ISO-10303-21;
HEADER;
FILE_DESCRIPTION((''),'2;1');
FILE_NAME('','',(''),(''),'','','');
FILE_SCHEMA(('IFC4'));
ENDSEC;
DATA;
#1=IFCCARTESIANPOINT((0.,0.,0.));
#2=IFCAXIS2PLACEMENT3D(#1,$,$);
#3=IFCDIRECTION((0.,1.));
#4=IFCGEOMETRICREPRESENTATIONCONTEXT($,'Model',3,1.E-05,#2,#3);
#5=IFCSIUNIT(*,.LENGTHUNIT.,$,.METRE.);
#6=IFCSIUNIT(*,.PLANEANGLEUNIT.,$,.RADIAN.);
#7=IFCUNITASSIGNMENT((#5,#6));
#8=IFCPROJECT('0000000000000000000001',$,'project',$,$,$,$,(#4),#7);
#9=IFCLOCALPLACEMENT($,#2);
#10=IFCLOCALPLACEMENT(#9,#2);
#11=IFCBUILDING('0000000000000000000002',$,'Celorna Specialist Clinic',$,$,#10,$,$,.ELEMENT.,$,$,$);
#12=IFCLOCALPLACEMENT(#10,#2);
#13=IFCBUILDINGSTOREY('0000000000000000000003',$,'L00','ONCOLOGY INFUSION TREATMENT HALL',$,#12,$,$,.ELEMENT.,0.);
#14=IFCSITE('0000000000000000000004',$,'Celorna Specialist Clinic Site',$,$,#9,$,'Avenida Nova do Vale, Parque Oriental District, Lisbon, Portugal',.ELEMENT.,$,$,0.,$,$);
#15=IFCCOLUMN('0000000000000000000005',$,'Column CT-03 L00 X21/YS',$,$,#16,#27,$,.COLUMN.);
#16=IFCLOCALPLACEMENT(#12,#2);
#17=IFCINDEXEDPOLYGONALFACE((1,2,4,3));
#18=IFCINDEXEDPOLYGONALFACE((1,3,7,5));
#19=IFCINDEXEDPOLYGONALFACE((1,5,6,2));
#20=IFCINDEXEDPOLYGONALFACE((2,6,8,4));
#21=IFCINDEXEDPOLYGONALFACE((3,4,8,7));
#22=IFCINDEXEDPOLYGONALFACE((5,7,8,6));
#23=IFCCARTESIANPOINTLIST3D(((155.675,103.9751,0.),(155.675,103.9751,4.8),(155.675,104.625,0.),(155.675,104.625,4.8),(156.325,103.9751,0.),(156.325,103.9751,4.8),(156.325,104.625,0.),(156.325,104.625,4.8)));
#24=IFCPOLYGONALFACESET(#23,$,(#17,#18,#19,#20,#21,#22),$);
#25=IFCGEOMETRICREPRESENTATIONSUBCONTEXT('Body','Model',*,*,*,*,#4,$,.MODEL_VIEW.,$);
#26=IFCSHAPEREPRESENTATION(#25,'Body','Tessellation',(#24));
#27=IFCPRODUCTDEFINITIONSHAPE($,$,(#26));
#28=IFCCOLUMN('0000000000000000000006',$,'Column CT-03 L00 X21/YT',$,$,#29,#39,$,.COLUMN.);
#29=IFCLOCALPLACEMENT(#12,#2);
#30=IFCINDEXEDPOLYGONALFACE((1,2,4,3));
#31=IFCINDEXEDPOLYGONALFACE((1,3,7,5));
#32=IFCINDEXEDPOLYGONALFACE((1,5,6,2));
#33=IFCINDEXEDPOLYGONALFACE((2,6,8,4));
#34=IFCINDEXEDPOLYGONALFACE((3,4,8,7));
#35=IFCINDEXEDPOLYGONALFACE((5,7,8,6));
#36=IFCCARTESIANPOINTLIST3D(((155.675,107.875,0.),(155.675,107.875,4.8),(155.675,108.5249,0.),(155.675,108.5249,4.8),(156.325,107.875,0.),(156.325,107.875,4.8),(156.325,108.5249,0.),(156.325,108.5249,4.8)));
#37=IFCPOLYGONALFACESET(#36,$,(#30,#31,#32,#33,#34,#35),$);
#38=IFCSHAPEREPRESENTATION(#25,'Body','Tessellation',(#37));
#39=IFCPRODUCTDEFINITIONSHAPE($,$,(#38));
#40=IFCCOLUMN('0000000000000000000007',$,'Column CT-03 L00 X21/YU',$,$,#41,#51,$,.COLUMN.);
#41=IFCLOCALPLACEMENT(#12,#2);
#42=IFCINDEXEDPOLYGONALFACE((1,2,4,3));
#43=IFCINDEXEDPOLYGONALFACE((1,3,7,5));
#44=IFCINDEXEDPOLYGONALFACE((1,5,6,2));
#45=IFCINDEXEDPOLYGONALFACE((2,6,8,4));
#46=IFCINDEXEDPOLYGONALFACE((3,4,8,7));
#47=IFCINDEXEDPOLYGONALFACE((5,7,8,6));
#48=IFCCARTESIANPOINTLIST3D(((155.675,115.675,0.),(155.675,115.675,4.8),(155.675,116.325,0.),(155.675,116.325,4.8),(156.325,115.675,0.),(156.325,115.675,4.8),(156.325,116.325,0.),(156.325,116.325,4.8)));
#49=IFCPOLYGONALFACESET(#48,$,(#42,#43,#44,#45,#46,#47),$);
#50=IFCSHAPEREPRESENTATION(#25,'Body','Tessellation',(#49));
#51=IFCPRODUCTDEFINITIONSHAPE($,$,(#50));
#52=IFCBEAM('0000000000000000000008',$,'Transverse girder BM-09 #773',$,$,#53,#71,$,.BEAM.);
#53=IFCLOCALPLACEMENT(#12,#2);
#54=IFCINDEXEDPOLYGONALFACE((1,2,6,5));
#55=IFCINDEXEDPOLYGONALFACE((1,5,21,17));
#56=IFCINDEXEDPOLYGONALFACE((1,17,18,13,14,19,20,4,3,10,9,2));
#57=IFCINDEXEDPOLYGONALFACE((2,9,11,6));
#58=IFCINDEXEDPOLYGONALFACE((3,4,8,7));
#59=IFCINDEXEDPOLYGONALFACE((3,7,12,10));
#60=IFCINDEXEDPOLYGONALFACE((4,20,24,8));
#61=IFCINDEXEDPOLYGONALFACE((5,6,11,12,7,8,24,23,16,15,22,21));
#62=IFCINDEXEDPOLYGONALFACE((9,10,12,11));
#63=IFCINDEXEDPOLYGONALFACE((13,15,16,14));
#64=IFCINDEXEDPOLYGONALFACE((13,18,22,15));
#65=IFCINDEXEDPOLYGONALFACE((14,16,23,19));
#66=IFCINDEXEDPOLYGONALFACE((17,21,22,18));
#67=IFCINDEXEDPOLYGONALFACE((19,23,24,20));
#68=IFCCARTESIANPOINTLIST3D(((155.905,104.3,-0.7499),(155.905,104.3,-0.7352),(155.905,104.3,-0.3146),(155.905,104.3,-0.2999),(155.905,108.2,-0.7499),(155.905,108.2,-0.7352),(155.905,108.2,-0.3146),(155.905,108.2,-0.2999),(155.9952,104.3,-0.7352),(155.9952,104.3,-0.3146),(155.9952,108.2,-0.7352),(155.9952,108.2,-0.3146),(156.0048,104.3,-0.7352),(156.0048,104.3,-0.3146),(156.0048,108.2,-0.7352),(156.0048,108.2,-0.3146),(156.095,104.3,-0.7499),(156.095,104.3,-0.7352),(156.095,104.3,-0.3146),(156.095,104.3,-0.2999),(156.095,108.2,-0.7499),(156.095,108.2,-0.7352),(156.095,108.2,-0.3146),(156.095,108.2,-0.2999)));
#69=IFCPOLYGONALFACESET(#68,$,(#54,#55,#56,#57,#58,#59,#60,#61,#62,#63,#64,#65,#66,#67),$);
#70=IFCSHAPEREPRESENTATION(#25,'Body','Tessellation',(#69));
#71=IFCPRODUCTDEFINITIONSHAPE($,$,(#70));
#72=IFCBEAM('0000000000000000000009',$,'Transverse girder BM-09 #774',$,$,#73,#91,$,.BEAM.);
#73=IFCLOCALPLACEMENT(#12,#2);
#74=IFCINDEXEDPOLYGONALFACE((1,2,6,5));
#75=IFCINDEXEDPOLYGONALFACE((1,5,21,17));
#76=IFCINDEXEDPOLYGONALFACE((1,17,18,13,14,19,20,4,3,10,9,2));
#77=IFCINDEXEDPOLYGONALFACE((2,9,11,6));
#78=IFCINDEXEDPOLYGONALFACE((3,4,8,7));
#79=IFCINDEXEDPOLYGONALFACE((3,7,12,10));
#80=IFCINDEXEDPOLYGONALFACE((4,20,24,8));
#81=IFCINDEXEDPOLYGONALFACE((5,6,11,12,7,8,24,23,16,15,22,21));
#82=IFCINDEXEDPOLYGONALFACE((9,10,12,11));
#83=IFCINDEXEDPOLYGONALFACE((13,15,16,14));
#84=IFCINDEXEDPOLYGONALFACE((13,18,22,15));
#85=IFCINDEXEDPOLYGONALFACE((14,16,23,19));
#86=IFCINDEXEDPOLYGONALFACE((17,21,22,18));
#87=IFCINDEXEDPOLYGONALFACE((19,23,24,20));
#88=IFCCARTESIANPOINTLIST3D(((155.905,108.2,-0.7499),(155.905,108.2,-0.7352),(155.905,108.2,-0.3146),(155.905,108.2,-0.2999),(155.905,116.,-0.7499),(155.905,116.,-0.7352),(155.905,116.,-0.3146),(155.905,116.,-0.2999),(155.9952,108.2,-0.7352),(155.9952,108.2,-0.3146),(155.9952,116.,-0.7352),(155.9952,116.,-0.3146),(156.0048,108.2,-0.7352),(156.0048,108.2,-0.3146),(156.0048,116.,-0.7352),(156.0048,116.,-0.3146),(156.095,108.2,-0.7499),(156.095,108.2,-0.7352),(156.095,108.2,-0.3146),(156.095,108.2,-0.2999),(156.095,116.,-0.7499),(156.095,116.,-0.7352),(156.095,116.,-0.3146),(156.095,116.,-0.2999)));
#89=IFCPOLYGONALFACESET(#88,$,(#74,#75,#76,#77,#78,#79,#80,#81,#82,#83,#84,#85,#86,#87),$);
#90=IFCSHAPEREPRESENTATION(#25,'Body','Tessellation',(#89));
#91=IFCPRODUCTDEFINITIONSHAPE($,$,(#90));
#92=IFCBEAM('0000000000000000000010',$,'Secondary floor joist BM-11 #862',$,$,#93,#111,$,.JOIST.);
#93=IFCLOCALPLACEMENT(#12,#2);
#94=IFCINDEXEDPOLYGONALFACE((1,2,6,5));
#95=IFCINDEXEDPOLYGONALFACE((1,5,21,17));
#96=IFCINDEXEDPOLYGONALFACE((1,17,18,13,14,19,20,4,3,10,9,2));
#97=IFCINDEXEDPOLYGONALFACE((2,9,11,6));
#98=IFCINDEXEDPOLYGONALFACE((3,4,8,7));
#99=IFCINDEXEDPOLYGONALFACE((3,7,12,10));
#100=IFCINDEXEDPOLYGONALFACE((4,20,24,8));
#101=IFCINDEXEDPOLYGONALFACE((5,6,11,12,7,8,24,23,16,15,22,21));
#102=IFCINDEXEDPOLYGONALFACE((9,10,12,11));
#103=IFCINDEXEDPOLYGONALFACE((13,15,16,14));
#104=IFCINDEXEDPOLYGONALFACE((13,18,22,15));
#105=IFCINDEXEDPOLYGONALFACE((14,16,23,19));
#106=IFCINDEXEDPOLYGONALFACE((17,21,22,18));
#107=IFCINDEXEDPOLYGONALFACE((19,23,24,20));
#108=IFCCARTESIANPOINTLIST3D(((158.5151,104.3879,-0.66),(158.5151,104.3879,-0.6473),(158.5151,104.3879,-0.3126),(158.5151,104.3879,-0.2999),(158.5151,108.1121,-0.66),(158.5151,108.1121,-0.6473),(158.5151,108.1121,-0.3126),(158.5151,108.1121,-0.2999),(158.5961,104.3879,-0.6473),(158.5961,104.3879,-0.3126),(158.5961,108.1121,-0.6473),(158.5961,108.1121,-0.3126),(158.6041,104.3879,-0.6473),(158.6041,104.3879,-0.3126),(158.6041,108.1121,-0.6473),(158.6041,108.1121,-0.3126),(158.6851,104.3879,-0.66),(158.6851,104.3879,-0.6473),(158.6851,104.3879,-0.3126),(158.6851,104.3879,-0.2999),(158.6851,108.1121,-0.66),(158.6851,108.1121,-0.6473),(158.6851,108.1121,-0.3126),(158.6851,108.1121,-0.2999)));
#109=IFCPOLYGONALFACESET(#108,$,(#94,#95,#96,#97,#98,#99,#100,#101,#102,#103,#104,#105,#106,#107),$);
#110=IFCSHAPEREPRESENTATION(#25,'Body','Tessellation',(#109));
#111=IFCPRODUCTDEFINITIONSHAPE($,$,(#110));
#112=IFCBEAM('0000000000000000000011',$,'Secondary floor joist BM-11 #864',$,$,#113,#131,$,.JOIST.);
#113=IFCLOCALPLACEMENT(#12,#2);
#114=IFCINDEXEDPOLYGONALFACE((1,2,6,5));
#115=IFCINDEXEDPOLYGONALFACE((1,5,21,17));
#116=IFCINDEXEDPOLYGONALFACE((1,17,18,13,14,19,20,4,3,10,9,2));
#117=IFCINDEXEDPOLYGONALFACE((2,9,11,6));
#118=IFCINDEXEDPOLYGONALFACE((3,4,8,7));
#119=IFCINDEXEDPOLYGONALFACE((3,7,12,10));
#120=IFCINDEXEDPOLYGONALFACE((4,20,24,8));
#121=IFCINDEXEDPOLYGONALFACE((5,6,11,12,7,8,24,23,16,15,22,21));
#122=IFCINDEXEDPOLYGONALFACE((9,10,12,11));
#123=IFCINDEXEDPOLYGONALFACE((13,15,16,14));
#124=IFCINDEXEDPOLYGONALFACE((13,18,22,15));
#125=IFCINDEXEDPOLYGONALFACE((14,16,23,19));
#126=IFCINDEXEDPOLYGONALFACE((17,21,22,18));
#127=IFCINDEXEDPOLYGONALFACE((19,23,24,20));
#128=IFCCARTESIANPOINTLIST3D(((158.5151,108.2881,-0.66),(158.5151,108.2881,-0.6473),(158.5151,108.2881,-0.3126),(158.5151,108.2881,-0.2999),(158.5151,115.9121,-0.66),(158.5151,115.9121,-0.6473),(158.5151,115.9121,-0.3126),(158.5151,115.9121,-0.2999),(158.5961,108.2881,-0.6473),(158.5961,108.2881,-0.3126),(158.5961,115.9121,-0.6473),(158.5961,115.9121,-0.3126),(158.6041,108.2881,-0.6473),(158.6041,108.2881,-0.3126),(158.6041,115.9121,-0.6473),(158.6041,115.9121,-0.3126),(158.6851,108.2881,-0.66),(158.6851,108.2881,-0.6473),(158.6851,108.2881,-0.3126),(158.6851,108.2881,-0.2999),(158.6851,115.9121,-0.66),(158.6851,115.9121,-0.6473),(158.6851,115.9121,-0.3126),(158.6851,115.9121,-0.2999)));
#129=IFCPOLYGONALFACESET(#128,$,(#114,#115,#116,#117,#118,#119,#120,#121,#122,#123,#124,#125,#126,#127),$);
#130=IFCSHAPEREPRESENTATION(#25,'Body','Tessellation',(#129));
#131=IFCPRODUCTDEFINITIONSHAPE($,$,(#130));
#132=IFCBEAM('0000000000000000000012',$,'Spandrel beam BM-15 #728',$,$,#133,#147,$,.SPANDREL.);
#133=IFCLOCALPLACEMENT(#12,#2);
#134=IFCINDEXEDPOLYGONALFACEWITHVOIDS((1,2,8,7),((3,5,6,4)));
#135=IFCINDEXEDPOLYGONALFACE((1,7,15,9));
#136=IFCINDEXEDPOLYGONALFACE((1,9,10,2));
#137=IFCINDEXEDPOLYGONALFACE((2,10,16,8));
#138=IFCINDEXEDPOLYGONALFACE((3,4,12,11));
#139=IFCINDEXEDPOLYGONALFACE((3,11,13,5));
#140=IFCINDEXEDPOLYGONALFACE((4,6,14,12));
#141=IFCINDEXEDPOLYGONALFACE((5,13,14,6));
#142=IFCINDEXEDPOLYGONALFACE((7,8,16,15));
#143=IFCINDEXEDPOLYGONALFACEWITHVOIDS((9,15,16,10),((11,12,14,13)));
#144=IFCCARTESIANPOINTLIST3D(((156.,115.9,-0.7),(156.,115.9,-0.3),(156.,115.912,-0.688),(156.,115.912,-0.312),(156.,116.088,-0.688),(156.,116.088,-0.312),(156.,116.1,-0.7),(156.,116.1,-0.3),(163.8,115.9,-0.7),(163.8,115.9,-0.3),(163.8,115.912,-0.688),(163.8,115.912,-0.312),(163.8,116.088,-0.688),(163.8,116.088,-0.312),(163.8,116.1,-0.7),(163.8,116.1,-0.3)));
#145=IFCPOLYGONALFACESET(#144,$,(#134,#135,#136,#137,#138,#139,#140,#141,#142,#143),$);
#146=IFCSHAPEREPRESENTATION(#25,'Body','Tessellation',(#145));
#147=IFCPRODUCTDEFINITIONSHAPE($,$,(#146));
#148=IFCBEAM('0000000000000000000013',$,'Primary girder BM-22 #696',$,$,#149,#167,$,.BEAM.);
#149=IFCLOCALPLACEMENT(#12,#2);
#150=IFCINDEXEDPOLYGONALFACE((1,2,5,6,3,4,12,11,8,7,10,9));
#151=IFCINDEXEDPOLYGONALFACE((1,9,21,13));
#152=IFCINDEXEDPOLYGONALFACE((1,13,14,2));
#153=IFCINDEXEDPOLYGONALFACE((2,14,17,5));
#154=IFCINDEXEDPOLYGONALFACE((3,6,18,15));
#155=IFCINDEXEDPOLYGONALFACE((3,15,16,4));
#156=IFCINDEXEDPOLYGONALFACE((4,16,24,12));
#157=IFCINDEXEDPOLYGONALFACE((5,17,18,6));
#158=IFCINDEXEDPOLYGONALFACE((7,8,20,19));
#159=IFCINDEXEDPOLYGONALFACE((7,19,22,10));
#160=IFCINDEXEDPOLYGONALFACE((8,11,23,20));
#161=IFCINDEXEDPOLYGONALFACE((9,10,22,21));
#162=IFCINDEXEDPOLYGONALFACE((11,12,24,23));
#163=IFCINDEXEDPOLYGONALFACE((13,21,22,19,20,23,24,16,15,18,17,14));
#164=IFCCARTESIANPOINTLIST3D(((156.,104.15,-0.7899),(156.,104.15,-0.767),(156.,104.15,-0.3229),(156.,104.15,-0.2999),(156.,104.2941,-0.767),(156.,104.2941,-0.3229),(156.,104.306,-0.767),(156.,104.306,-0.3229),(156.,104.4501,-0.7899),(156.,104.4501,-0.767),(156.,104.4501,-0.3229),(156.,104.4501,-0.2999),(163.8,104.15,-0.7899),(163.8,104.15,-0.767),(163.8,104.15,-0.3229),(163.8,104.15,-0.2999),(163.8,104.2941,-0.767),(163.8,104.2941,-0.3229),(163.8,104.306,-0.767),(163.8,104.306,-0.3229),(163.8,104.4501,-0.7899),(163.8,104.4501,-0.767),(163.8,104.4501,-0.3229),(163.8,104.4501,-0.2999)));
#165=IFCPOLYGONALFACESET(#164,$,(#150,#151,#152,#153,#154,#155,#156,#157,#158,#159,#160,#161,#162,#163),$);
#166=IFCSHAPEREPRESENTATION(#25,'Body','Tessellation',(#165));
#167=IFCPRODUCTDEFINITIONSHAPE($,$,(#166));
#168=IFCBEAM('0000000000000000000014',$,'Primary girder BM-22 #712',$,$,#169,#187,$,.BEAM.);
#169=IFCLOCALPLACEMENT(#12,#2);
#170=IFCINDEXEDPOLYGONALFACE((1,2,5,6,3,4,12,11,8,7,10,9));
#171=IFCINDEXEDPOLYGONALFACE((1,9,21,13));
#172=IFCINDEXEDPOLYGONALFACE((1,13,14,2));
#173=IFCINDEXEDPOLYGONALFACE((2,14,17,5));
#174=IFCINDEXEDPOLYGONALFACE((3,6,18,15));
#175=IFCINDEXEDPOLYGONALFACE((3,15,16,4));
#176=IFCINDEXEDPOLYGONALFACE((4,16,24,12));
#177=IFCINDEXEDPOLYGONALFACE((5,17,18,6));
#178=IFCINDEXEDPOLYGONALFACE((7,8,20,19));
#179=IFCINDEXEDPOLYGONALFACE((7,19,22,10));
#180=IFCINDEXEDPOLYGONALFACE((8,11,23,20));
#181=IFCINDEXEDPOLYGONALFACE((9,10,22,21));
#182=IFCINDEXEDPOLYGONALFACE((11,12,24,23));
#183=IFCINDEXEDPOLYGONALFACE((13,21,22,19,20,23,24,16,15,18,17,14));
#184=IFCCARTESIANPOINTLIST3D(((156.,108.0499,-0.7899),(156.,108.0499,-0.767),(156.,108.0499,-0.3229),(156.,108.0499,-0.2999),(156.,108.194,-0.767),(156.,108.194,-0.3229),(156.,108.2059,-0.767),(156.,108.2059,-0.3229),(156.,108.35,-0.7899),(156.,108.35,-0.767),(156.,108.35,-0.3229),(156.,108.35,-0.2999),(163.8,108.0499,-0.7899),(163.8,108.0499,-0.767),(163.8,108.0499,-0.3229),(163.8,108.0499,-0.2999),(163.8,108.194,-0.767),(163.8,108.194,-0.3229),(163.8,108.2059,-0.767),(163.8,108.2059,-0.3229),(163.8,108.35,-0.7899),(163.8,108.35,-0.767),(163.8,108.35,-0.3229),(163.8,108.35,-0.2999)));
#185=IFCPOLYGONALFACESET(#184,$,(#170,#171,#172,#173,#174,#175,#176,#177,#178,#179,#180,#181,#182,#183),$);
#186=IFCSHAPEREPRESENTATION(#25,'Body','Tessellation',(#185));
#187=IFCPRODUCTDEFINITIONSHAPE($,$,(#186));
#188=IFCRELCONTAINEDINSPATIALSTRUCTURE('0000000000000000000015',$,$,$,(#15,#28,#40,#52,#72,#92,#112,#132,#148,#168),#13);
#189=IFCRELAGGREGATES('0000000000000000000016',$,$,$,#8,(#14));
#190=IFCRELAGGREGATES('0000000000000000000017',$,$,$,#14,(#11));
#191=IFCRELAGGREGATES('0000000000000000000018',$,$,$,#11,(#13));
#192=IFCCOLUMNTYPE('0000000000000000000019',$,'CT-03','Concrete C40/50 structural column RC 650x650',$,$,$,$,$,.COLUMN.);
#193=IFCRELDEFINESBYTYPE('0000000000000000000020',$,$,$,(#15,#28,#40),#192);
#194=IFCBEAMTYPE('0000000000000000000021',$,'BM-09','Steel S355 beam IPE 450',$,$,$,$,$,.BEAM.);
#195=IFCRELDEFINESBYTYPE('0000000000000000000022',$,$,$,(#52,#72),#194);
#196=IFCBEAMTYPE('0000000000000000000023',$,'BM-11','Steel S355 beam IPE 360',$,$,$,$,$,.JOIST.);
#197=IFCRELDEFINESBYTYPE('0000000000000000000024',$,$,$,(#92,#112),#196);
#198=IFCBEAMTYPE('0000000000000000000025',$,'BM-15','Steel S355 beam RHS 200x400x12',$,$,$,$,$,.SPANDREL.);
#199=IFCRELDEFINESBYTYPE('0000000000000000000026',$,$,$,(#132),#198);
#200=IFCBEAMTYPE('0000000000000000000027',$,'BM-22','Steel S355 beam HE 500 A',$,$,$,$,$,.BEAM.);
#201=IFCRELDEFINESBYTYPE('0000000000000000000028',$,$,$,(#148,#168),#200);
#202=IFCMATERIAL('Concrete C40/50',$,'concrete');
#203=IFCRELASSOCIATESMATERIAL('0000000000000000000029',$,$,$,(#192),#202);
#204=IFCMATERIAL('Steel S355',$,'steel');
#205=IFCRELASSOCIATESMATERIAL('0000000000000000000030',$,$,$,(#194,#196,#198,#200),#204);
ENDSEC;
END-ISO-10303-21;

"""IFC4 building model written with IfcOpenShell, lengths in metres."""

from ifc_helpers import new_model, si_unit, direction, frame, origin, origin_2d, place, context, subcontext, project, spatial, rectangle, hollow_rectangle, i_section, extrude, material, material_profile, profile_set, type_object, element, save


model = new_model("IFC4")

# Units and contexts
model_context = context("Model", 3, precision=1e-05, world=origin(), true_north=direction((0.0, 1.0)))
body_context = subcontext(model_context, "Body", "Model", "MODEL_VIEW")
ifc_project = project(units=[si_unit("LENGTHUNIT", "METRE"), si_unit("PLANEANGLEUNIT", "RADIAN")], contexts=[model_context])

# Site, building, storey
site_placement = place(None, origin())
site = spatial("IfcSite", under=ifc_project, at=site_placement, Name="Celorna Specialist Clinic Site", LongName="Avenida Nova do Vale, Parque Oriental District, Lisbon, Portugal", CompositionType="ELEMENT", RefElevation=0.0)
building_placement = place(site_placement, origin())
building = spatial("IfcBuilding", under=site, at=building_placement, Name="Celorna Specialist Clinic", CompositionType="ELEMENT")
storey_placement = place(building_placement, origin())
storey = spatial("IfcBuildingStorey", under=building, at=storey_placement, Name="L00", Description="ONCOLOGY INFUSION TREATMENT HALL", CompositionType="ELEMENT", Elevation=0.0)

# Columns
ifc_material_1 = material(Name="Concrete C40/50", Category="concrete")
ifc_material_profile_1 = material_profile(ifc_material_1, rectangle(XDim=0.6499, YDim=0.6499, at=origin_2d()), Name="RC 650x650")
ifc_profile_set_1 = profile_set([ifc_material_profile_1], Name="Concrete C40/50")
column_type = type_object("IfcColumnType", Name="CT-03", Description="Concrete C40/50 structural column RC 650x650", PredefinedType="COLUMN", material=ifc_profile_set_1)
for number, where, z_axis, x_axis, name in (
    (1, (156.0, 104.3, 0.0), (0.0, 0.0, 1.0), (1.0, 0.0, 0.0), "Column CT-03 L00 X21/YS"),
    (2, (156.0, 108.2, 0.0), (0.0, 0.0, 1.0), (1.0, 0.0, 0.0), "Column CT-03 L00 X21/YT"),
    (3, (156.0, 116.0, 0.0), (0.0, 0.0, 1.0), (1.0, 0.0, 0.0), "Column CT-03 L00 X21/YU"),
):
    element("IfcColumn", number, at=place(storey_placement, frame(where, z_axis=z_axis, x_axis=x_axis)), inside=storey, type_object=column_type, Name=name, PredefinedType="COLUMN", context=body_context, shape_type="SweptSolid", body=[
        extrude(rectangle(XDim=0.6499, YDim=0.6499, at=origin_2d()), origin(), (0.0, 0.0, 1.0), 4.8),
    ])

# Beams
ifc_material_2 = material(Name="Steel S355", Category="steel")
ifc_material_profile_2 = material_profile(ifc_material_2, i_section(OverallWidth=0.1899, OverallDepth=0.45, WebThickness=0.0095, FlangeThickness=0.0146, at=origin_2d()), Name="IPE 450")
ifc_profile_set_2 = profile_set([ifc_material_profile_2], Name="Steel S355")
beam_type_1 = type_object("IfcBeamType", Name="BM-09", Description="Steel S355 beam IPE 450", PredefinedType="BEAM", material=ifc_profile_set_2)
beam_1_placement = place(storey_placement, frame((156.0, 104.3, -0.5249), z_axis=(0.0, 1.0, 0.0), x_axis=(-1.0, 0.0, 0.0)))
element("IfcBeam", 4, at=beam_1_placement, inside=storey, type_object=beam_type_1, Name="Transverse girder BM-09 #773", PredefinedType="BEAM", context=body_context, shape_type="SweptSolid", body=[
    extrude(i_section(OverallWidth=0.1899, OverallDepth=0.45, WebThickness=0.0095, FlangeThickness=0.0146, at=origin_2d()), origin(), (0.0, 0.0, 1.0), 3.8999),
])
beam_2_placement = place(storey_placement, frame((156.0, 108.2, -0.5249), z_axis=(0.0, 1.0, 0.0), x_axis=(-1.0, 0.0, 0.0)))
element("IfcBeam", 5, at=beam_2_placement, inside=storey, type_object=beam_type_1, Name="Transverse girder BM-09 #774", PredefinedType="BEAM", context=body_context, shape_type="SweptSolid", body=[
    extrude(i_section(OverallWidth=0.1899, OverallDepth=0.45, WebThickness=0.0095, FlangeThickness=0.0146, at=origin_2d()), origin(), (0.0, 0.0, 1.0), 7.8),
])
ifc_material_profile_3 = material_profile(ifc_material_2, i_section(OverallWidth=0.1699, OverallDepth=0.3601, WebThickness=0.0081, FlangeThickness=0.0127, at=origin_2d()), Name="IPE 360")
ifc_profile_set_3 = profile_set([ifc_material_profile_3], Name="Steel S355")
beam_type_2 = type_object("IfcBeamType", Name="BM-11", Description="Steel S355 beam IPE 360", PredefinedType="JOIST", material=ifc_profile_set_3)
beam_3_placement = place(storey_placement, frame((158.6001, 104.3879, -0.48), z_axis=(0.0, 1.0, 0.0), x_axis=(-1.0, 0.0, 0.0)))
element("IfcBeam", 6, at=beam_3_placement, inside=storey, type_object=beam_type_2, Name="Secondary floor joist BM-11 #862", PredefinedType="JOIST", context=body_context, shape_type="SweptSolid", body=[
    extrude(i_section(OverallWidth=0.1699, OverallDepth=0.3601, WebThickness=0.0081, FlangeThickness=0.0127, at=origin_2d()), origin(), (0.0, 0.0, 1.0), 3.7241),
])
beam_4_placement = place(storey_placement, frame((158.6001, 108.2881, -0.48), z_axis=(0.0, 1.0, 0.0), x_axis=(-1.0, 0.0, 0.0)))
element("IfcBeam", 7, at=beam_4_placement, inside=storey, type_object=beam_type_2, Name="Secondary floor joist BM-11 #864", PredefinedType="JOIST", context=body_context, shape_type="SweptSolid", body=[
    extrude(i_section(OverallWidth=0.1699, OverallDepth=0.3601, WebThickness=0.0081, FlangeThickness=0.0127, at=origin_2d()), origin(), (0.0, 0.0, 1.0), 7.624),
])
ifc_material_profile_4 = material_profile(ifc_material_2, hollow_rectangle(XDim=0.2, YDim=0.3999, WallThickness=0.012, at=origin_2d()), Name="RHS 200x400x12")
ifc_profile_set_4 = profile_set([ifc_material_profile_4], Name="Steel S355")
beam_type_3 = type_object("IfcBeamType", Name="BM-15", Description="Steel S355 beam RHS 200x400x12", PredefinedType="SPANDREL", material=ifc_profile_set_4)
beam_5_placement = place(storey_placement, frame((156.0, 116.0, -0.5), z_axis=(1.0, 0.0, 0.0), x_axis=(0.0, 1.0, 0.0)))
element("IfcBeam", 8, at=beam_5_placement, inside=storey, type_object=beam_type_3, Name="Spandrel beam BM-15 #728", PredefinedType="SPANDREL", context=body_context, shape_type="SweptSolid", body=[
    extrude(hollow_rectangle(XDim=0.2, YDim=0.3999, WallThickness=0.012, at=origin_2d()), origin(), (0.0, 0.0, 1.0), 7.8),
])
ifc_material_profile_5 = material_profile(ifc_material_2, i_section(OverallWidth=0.3, OverallDepth=0.49, WebThickness=0.012, FlangeThickness=0.0229, at=origin_2d()), Name="HE 500 A")
ifc_profile_set_5 = profile_set([ifc_material_profile_5], Name="Steel S355")
beam_type_4 = type_object("IfcBeamType", Name="BM-22", Description="Steel S355 beam HE 500 A", PredefinedType="BEAM", material=ifc_profile_set_5)
for number, where, z_axis, x_axis, name in (
    (9, (156.0, 104.3, -0.5449), (1.0, 0.0, 0.0), (0.0, 1.0, 0.0), "Primary girder BM-22 #696"),
    (10, (156.0, 108.2, -0.5449), (1.0, 0.0, 0.0), (0.0, 1.0, 0.0), "Primary girder BM-22 #712"),
):
    element("IfcBeam", number, at=place(storey_placement, frame(where, z_axis=z_axis, x_axis=x_axis)), inside=storey, type_object=beam_type_4, Name=name, PredefinedType="BEAM", context=body_context, shape_type="SweptSolid", body=[
        extrude(i_section(OverallWidth=0.3, OverallDepth=0.49, WebThickness=0.012, FlangeThickness=0.0229, at=origin_2d()), origin(), (0.0, 0.0, 1.0), 7.8),
    ])

save(model, "model.ifc")
